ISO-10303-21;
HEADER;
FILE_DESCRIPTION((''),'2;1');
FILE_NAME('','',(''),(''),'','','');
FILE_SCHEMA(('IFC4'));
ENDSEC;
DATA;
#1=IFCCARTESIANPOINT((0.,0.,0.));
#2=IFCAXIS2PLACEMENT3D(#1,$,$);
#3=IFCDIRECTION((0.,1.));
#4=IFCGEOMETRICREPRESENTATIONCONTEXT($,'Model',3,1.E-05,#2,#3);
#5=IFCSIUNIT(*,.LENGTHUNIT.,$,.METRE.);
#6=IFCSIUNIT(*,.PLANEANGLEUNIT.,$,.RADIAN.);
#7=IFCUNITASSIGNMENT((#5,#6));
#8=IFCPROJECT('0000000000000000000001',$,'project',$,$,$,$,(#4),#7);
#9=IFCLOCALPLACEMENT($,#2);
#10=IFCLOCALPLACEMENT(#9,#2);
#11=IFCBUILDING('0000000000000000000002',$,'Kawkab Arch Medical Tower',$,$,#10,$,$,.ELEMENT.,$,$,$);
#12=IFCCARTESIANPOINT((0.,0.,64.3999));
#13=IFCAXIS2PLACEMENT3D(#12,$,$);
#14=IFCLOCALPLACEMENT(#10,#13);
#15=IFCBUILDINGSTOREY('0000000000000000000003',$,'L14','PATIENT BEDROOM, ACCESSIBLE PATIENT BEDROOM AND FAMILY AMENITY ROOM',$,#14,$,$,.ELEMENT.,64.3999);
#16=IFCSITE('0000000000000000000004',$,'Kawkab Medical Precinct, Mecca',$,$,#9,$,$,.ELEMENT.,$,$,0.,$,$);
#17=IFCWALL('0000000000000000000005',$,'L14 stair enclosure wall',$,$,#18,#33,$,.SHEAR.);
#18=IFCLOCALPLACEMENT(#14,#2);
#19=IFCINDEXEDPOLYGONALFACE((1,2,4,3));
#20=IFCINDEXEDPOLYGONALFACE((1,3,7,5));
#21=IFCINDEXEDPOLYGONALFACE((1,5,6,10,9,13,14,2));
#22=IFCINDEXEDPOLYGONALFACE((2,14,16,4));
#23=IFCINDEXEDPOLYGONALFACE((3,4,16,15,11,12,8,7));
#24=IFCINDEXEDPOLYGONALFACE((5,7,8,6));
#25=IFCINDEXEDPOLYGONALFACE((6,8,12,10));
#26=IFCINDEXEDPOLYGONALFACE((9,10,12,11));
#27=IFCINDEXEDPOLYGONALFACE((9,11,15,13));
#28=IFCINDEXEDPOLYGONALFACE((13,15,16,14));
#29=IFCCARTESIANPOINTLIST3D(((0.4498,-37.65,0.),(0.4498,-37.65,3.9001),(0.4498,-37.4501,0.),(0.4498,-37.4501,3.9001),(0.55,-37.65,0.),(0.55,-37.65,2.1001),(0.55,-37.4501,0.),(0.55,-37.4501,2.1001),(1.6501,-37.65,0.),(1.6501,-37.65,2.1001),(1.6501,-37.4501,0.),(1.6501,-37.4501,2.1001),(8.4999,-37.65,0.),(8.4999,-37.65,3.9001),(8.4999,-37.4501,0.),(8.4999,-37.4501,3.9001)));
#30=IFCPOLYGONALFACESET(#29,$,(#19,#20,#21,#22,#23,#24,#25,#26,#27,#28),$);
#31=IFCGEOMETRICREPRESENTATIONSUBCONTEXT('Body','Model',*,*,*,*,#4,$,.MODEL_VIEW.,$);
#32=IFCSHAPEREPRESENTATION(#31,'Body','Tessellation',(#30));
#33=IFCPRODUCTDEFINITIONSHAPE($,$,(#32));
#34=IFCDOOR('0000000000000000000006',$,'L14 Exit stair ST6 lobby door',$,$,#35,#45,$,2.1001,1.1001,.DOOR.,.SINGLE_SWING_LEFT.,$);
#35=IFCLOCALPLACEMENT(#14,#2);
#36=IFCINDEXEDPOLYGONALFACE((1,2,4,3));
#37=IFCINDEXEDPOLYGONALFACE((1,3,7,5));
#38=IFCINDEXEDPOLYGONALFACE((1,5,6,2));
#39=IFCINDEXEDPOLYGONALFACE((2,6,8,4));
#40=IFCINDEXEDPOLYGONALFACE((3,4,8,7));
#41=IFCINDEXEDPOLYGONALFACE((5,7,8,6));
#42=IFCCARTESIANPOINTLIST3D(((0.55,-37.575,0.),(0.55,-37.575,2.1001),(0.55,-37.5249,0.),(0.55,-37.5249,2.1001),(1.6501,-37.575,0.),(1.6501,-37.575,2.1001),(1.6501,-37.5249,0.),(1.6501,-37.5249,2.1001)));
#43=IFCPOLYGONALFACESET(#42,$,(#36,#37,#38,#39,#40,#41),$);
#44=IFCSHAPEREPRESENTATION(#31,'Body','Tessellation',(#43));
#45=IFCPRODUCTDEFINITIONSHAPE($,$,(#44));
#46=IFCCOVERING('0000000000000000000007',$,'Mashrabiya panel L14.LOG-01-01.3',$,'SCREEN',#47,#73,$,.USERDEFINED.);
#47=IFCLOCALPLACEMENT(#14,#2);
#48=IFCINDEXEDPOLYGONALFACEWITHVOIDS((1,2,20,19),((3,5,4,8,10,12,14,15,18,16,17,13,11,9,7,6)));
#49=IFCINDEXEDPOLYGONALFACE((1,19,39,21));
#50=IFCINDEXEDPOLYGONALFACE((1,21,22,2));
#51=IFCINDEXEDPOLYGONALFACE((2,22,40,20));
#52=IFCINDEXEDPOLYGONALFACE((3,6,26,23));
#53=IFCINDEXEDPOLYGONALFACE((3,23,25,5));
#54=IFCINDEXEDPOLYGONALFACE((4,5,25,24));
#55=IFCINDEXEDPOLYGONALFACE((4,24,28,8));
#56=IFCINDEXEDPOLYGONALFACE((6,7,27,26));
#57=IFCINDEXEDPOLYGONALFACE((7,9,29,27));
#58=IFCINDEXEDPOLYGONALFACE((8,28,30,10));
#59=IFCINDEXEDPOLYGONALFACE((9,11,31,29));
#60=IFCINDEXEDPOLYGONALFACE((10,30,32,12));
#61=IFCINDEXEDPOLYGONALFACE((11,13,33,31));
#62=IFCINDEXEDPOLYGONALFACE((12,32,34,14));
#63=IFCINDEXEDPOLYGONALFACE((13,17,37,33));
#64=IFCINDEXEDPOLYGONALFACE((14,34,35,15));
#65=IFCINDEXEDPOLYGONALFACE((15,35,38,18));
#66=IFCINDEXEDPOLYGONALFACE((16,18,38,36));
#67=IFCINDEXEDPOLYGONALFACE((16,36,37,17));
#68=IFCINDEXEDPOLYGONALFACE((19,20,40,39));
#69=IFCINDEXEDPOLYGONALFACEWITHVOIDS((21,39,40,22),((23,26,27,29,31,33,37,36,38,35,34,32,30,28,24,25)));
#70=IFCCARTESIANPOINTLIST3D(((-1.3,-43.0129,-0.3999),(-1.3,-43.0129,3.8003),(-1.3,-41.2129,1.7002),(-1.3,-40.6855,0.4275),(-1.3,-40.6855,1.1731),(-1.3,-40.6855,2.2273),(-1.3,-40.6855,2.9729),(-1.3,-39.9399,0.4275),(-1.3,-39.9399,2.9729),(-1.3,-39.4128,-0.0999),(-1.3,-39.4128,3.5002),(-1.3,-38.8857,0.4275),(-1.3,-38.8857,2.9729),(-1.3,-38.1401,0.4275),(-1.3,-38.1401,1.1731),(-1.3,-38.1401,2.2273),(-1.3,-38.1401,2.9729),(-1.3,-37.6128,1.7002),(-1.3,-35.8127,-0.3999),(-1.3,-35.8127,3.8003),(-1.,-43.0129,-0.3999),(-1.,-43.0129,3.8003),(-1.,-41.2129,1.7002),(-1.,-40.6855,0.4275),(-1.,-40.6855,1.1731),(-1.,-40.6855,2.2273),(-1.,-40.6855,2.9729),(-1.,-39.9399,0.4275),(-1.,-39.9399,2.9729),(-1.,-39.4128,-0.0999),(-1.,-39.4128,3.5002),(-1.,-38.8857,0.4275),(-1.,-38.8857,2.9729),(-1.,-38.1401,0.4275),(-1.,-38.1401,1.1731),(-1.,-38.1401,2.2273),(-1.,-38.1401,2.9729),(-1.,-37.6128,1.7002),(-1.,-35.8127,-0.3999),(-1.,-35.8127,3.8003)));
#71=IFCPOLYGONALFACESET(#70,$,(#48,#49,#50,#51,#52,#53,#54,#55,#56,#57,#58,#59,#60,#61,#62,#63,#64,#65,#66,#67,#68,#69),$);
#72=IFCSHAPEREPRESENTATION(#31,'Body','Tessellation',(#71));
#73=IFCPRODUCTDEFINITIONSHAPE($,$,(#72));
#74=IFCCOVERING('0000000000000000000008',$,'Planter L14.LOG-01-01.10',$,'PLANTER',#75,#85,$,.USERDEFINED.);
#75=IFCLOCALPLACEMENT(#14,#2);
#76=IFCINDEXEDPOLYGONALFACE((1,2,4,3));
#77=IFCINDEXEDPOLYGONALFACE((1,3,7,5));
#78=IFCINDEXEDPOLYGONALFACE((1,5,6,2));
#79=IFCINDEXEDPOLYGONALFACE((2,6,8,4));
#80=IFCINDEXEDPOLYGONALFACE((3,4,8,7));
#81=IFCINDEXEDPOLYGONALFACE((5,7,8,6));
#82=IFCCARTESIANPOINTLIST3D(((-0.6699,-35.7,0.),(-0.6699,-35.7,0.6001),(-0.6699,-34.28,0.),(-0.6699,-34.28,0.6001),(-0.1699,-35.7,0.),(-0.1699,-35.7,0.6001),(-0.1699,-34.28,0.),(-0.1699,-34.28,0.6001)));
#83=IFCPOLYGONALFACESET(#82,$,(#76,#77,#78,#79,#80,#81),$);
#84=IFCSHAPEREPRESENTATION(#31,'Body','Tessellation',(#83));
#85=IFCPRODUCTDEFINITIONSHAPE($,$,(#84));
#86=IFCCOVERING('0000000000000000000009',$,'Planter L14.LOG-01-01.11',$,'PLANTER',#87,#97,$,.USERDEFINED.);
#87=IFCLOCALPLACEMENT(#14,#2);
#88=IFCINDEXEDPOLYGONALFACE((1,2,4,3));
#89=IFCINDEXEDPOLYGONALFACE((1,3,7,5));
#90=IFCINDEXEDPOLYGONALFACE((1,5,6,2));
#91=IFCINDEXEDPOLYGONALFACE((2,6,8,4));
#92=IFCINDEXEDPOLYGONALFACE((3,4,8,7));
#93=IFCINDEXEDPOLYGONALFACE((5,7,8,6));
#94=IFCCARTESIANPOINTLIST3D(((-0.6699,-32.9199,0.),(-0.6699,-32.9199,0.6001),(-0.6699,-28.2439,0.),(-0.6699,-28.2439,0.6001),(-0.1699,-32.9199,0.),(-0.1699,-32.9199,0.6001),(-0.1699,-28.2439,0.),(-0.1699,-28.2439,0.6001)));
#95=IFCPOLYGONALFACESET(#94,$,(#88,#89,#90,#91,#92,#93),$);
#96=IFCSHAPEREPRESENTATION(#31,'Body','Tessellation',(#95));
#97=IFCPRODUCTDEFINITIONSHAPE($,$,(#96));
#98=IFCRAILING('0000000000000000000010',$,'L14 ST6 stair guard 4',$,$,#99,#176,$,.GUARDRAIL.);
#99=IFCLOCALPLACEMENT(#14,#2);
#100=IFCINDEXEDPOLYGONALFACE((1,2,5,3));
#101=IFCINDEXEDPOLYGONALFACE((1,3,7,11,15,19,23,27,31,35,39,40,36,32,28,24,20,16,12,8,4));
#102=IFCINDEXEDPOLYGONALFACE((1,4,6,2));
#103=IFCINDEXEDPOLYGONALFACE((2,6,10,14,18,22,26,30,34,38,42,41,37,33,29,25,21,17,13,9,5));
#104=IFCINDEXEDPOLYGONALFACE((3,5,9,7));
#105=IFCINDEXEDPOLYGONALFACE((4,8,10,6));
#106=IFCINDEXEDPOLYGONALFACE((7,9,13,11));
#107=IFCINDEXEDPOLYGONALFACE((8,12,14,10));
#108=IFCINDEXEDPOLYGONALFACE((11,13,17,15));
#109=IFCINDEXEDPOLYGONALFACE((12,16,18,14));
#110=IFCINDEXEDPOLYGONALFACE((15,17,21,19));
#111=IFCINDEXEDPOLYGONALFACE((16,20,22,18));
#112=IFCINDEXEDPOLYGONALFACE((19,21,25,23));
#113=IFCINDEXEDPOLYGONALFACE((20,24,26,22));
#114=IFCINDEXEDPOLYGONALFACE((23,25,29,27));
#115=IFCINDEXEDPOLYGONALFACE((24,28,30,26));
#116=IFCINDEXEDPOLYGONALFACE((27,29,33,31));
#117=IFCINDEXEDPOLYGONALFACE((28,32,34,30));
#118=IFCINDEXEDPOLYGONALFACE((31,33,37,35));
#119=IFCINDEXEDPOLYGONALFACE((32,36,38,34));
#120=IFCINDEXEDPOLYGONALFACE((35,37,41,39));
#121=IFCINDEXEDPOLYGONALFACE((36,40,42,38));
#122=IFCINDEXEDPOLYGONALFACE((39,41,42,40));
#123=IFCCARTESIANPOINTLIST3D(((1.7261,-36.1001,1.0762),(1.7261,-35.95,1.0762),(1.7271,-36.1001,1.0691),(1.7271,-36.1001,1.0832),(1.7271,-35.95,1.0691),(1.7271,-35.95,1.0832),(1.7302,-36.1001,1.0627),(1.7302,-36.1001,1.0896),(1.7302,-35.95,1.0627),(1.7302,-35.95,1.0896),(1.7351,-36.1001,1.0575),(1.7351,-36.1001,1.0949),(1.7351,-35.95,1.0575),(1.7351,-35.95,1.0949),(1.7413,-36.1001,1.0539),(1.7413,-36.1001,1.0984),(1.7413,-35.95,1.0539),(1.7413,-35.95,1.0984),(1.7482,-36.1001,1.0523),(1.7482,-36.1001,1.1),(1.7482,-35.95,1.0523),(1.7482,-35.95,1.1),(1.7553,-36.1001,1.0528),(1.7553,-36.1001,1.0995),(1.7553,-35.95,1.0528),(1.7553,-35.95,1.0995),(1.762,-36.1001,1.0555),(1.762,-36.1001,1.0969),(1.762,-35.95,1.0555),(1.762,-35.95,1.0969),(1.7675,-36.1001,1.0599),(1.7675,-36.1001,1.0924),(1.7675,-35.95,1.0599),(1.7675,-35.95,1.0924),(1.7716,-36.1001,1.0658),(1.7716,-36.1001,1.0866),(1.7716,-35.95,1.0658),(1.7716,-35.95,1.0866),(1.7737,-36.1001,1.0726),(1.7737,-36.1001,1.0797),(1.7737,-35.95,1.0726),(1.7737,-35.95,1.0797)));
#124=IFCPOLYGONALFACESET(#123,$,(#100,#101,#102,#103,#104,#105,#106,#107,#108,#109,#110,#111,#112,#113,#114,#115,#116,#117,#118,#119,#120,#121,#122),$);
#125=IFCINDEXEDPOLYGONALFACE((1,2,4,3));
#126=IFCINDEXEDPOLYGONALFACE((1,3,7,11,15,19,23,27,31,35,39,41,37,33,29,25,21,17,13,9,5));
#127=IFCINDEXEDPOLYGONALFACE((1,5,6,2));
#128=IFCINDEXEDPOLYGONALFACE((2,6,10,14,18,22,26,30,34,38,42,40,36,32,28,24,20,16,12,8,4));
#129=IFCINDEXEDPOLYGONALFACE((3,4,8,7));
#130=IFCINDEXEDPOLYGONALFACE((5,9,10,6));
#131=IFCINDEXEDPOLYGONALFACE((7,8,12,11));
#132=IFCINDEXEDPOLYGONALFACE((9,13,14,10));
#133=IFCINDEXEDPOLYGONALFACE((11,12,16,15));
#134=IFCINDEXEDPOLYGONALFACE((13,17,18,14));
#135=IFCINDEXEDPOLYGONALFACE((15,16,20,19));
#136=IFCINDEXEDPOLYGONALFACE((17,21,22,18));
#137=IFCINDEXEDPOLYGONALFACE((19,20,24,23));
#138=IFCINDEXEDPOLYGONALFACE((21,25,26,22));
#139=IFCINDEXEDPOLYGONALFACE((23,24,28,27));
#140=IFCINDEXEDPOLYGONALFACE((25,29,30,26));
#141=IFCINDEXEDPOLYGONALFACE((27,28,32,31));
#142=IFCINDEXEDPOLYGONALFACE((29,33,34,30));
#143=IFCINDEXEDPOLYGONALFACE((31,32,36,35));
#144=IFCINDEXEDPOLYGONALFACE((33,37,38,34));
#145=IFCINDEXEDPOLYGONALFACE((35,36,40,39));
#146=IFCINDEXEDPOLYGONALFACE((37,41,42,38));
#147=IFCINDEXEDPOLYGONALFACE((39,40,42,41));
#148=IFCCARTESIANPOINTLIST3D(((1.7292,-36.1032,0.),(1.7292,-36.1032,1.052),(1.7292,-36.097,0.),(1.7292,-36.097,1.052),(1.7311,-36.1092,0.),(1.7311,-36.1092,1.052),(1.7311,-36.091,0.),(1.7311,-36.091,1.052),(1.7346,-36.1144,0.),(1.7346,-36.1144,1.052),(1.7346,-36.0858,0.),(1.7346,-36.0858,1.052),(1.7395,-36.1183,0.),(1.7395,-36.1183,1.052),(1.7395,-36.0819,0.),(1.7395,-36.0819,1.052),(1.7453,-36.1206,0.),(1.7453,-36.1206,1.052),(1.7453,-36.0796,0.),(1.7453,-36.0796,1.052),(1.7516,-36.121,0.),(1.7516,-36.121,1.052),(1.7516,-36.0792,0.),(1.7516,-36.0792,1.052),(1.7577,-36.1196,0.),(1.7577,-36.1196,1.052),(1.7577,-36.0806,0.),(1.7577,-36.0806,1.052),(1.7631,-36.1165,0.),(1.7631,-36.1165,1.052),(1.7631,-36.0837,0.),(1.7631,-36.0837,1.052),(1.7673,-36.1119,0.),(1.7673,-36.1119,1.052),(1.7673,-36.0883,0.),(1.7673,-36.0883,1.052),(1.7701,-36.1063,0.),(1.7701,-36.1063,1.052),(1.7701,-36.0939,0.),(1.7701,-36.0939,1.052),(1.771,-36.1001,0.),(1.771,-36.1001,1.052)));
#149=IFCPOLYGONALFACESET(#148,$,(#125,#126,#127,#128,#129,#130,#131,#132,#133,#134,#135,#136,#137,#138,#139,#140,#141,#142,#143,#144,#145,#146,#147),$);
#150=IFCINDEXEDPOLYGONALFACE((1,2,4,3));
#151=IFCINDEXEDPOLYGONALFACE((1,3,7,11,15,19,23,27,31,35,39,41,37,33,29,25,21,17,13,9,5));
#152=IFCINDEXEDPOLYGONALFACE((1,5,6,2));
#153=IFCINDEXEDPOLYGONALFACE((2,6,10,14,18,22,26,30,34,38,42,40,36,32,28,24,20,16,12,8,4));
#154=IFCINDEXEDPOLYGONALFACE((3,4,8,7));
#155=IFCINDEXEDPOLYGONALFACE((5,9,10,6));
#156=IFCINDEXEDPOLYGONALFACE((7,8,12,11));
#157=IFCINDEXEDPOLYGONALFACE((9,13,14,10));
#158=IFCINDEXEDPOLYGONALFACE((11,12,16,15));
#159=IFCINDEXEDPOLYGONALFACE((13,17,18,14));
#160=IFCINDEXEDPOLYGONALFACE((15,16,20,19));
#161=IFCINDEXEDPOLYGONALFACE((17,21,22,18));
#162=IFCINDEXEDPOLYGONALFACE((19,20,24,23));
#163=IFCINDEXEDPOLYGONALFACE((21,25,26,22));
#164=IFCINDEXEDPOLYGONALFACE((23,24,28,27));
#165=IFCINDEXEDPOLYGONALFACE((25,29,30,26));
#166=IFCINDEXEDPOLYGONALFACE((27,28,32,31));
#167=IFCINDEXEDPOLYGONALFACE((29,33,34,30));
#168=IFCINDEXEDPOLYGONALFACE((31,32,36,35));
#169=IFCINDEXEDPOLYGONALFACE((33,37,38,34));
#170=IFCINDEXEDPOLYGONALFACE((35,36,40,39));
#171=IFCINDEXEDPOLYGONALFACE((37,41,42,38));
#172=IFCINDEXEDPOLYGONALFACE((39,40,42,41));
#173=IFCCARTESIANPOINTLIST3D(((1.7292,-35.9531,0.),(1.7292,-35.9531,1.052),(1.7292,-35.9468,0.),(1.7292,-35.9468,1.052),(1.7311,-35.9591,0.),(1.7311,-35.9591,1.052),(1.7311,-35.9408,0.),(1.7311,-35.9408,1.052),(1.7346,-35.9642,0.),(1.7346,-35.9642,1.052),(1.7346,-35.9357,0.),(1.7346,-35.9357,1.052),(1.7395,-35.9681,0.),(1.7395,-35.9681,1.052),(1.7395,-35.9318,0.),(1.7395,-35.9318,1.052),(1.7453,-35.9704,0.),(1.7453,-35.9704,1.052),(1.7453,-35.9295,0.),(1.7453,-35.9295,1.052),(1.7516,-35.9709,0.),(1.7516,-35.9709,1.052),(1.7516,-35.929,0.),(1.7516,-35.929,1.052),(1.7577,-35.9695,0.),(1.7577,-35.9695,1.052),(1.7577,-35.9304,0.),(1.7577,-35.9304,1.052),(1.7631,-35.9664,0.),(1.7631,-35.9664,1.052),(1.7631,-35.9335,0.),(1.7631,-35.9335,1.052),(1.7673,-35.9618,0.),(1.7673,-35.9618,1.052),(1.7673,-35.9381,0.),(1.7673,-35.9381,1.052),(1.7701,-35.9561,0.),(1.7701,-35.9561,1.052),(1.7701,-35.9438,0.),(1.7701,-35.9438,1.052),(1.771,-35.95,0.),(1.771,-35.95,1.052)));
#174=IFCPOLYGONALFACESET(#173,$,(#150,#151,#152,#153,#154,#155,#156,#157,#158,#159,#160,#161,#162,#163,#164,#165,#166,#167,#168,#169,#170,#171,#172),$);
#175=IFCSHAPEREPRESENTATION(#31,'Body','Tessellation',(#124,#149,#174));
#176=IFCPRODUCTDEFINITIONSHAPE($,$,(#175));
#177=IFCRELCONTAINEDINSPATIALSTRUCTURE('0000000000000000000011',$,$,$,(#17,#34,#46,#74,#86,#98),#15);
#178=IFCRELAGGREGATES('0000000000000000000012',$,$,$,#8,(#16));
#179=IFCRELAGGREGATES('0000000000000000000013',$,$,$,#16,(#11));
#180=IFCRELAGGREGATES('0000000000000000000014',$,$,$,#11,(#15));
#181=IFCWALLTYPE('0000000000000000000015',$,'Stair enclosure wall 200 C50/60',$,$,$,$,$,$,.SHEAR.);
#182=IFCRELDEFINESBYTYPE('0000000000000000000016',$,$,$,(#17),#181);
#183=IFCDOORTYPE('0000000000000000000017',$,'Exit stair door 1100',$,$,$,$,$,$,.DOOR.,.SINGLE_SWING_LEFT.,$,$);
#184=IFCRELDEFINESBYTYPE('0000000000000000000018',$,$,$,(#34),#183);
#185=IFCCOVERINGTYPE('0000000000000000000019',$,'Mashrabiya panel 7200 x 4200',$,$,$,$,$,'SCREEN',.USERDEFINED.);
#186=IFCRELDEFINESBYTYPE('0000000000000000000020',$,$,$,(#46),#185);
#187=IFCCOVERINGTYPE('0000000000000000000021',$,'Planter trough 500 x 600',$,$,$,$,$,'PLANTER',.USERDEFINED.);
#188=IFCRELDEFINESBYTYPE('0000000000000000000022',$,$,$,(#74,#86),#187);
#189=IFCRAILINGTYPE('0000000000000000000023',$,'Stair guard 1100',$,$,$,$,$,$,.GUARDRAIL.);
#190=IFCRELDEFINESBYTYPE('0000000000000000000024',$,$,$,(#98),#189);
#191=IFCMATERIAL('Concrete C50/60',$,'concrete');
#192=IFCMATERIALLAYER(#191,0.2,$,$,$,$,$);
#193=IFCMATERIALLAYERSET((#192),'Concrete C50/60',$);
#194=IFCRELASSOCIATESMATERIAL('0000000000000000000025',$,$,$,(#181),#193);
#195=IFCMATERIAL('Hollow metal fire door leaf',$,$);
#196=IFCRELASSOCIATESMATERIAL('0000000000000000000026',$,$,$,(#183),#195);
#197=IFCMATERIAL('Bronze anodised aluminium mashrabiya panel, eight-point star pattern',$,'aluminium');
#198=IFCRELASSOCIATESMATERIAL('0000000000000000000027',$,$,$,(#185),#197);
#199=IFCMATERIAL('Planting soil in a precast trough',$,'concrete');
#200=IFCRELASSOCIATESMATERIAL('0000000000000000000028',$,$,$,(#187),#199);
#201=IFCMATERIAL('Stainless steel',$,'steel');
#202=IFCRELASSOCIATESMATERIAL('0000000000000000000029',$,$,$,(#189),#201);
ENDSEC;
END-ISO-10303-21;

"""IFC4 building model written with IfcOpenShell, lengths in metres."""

from ifc_helpers import new_model, si_unit, direction, frame, frame_2d, origin, origin_2d, place, context, subcontext, project, spatial, polyline, rectangle, circle, outline, extrude, material, layer, layer_set, material_profile, profile_set, type_object, element, fill, save


model = new_model("IFC4")

# Units and contexts
model_context = context("Model", 3, precision=1e-05, world=origin(), true_north=direction((0.0, 1.0)))
body_context = subcontext(model_context, "Body", "Model", "MODEL_VIEW")
ifc_project = project(units=[si_unit("LENGTHUNIT", "METRE"), si_unit("PLANEANGLEUNIT", "RADIAN")], contexts=[model_context])

# Site, building, storey
site_placement = place(None, origin())
site = spatial("IfcSite", under=ifc_project, at=site_placement, Name="Kawkab Medical Precinct, Mecca", CompositionType="ELEMENT", RefElevation=0.0)
building_placement = place(site_placement, origin())
building = spatial("IfcBuilding", under=site, at=building_placement, Name="Kawkab Arch Medical Tower", CompositionType="ELEMENT")
storey_placement = place(building_placement, frame((0.0, 0.0, 64.3999)))
storey = spatial("IfcBuildingStorey", under=building, at=storey_placement, Name="L14", Description="PATIENT BEDROOM, ACCESSIBLE PATIENT BEDROOM AND FAMILY AMENITY ROOM", CompositionType="ELEMENT", Elevation=64.3999)

# Wall, opening, door
ifc_material_1 = material(Name="Concrete C50/60", Category="concrete")
ifc_layer_1 = layer(ifc_material_1, 0.2)
ifc_layer_set_1 = layer_set([ifc_layer_1], Name="Concrete C50/60")
wall_type_1 = type_object("IfcWallType", Name="Stair enclosure wall 200 C50/60", PredefinedType="SHEAR", material=ifc_layer_set_1)
ifc_material_2 = material(Name="Hollow metal fire door leaf")
door_type_1 = type_object("IfcDoorType", Name="Exit stair door 1100", OperationType="SINGLE_SWING_LEFT", PredefinedType="DOOR", material=ifc_material_2)
wall_1_placement = place(storey_placement, frame((0.45, -37.55, 0.0), z_axis=(0.0, 0.0, 1.0), x_axis=(1.0, 0.0, 0.0)))
wall_1 = element("IfcWall", 1, at=wall_1_placement, inside=storey, type_object=wall_type_1, Name="L14 stair enclosure wall", PredefinedType="SHEAR", context=body_context, shape_type="SweptSolid", body=[
    extrude(rectangle(XDim=8.05, YDim=0.2, at=frame_2d((4.0249, 0.0))), origin(), (0.0, 0.0, 1.0), 3.9001),
])
opening_1_placement = place(wall_1_placement, frame((0.1001, 0.0, 0.0)))
opening_1 = element("IfcOpeningElement", 2, at=opening_1_placement, cuts=wall_1, PredefinedType="OPENING", context=body_context, shape_type="SweptSolid", body=[
    extrude(rectangle(XDim=1.1001, YDim=2.1001, at=frame_2d((0.55, 1.05))), frame((0.0, 0.1099, 0.0), z_axis=(0.0, -1.0, 0.0), x_axis=(1.0, 0.0, 0.0)), (0.0, 0.0, 1.0), 0.22),
])
door_1_placement = place(opening_1_placement, frame((1.1001, 0.0, 0.0), z_axis=(0.0, 0.0, 1.0), x_axis=(-1.0, 0.0, 0.0)))
door_1 = element("IfcDoor", 3, at=door_1_placement, inside=storey, type_object=door_type_1, Name="L14 Exit stair ST6 lobby door", OperationType="SINGLE_SWING_LEFT", OverallHeight=2.1001, OverallWidth=1.1001, PredefinedType="DOOR", context=body_context, shape_type="SweptSolid", body=[
    extrude(rectangle(XDim=1.1001, YDim=2.1001, at=frame_2d((0.55, 1.05))), frame((0.0, 0.0249, 0.0), z_axis=(0.0, -1.0, 0.0), x_axis=(1.0, 0.0, 0.0)), (0.0, 0.0, 1.0), 0.05),
])
fill(opening_1, door_1)

# Coverings
ifc_material_3 = material(Name="Bronze anodised aluminium mashrabiya panel, eight-point star pattern", Category="aluminium")
ifc_material_profile_1 = material_profile(ifc_material_3, outline(polyline([(-3.6001, -2.1001), (3.6001, -2.1001), (3.6001, 2.1001), (-3.6001, 2.1001), (-3.6001, -2.1001)]), holes=[polyline([(1.8, 0.0), (1.2727, 0.5271), (1.2727, 1.2727), (0.5271, 1.2727), (0.0, 1.8), (-0.5271, 1.2727), (-1.2727, 1.2727), (-1.2727, 0.5271), (-1.8, 0.0), (-1.2727, -0.5271), (-1.2727, -1.2727), (-0.5271, -1.2727), (0.0, -1.8), (0.5271, -1.2727), (1.2727, -1.2727), (1.2727, -0.5271), (1.8, 0.0)])]), Name="Mashrabiya panel 7200x4200")
ifc_profile_set_1 = profile_set([ifc_material_profile_1], Name="Bronze anodised aluminium mashrabiya panel, eight-point star pattern")
covering_type_1 = type_object("IfcCoveringType", Name="Mashrabiya panel 7200 x 4200", ElementType="SCREEN", PredefinedType="USERDEFINED", material=ifc_profile_set_1)
covering_1_placement = place(storey_placement, frame((-1.0, -39.4128, 1.7002), z_axis=(-1.0, 0.0, 0.0), x_axis=(0.0, -1.0, 0.0)))
element("IfcCovering", 4, at=covering_1_placement, inside=storey, type_object=covering_type_1, Name="Mashrabiya panel L14.LOG-01-01.3", ObjectType="SCREEN", PredefinedType="USERDEFINED", context=body_context, shape_type="SweptSolid", body=[
    extrude(outline(polyline([(-3.6001, -2.1001), (3.6001, -2.1001), (3.6001, 2.1001), (-3.6001, 2.1001), (-3.6001, -2.1001)]), holes=[polyline([(1.8, 0.0), (1.2727, 0.5271), (1.2727, 1.2727), (0.5271, 1.2727), (0.0, 1.8), (-0.5271, 1.2727), (-1.2727, 1.2727), (-1.2727, 0.5271), (-1.8, 0.0), (-1.2727, -0.5271), (-1.2727, -1.2727), (-0.5271, -1.2727), (0.0, -1.8), (0.5271, -1.2727), (1.2727, -1.2727), (1.2727, -0.5271), (1.8, 0.0)])]), origin(), (0.0, 0.0, 1.0), 0.3),
])
ifc_material_4 = material(Name="Planting soil in a precast trough", Category="concrete")
ifc_material_profile_2 = material_profile(ifc_material_4, rectangle(XDim=0.5, YDim=0.6001, at=origin_2d()), Name="Trough 500x600")
ifc_profile_set_2 = profile_set([ifc_material_profile_2], Name="Planting soil in a precast trough")
covering_type_2 = type_object("IfcCoveringType", Name="Planter trough 500 x 600", ElementType="PLANTER", PredefinedType="USERDEFINED", material=ifc_profile_set_2)
covering_2_placement = place(storey_placement, frame((-0.4199, -35.7, 0.3), z_axis=(0.0, 1.0, 0.0), x_axis=(-1.0, 0.0, 0.0)))
element("IfcCovering", 5, at=covering_2_placement, inside=storey, type_object=covering_type_2, Name="Planter L14.LOG-01-01.10", ObjectType="PLANTER", PredefinedType="USERDEFINED", context=body_context, shape_type="SweptSolid", body=[
    extrude(rectangle(XDim=0.5, YDim=0.6001, at=origin_2d()), origin(), (0.0, 0.0, 1.0), 1.4199),
])
covering_3_placement = place(storey_placement, frame((-0.4199, -32.9199, 0.3), z_axis=(0.0, 1.0, 0.0), x_axis=(-1.0, 0.0, 0.0)))
element("IfcCovering", 6, at=covering_3_placement, inside=storey, type_object=covering_type_2, Name="Planter L14.LOG-01-01.11", ObjectType="PLANTER", PredefinedType="USERDEFINED", context=body_context, shape_type="SweptSolid", body=[
    extrude(rectangle(XDim=0.5, YDim=0.6001, at=origin_2d()), origin(), (0.0, 0.0, 1.0), 4.676),
])

# Railing
ifc_material_5 = material(Name="Stainless steel", Category="steel")
railing_type_1 = type_object("IfcRailingType", Name="Stair guard 1100", PredefinedType="GUARDRAIL", material=ifc_material_5)
railing_1_placement = place(storey_placement, frame((1.75, -36.1001, 0.0)))
element("IfcRailing", 7, at=railing_1_placement, inside=storey, type_object=railing_type_1, Name="L14 ST6 stair guard 4", PredefinedType="GUARDRAIL", context=body_context, shape_type="SweptSolid", body=[
    extrude(circle(Radius=0.0239, at=origin_2d()), frame((0.0, 0.0, 1.0762), z_axis=(0.0, 1.0, 0.0), x_axis=(-1.0, 0.0, 0.0)), (0.0, 0.0, 1.0), 0.1501),
    extrude(circle(Radius=0.021, at=origin_2d()), origin(), (0.0, 0.0, 1.0), 1.052),
    extrude(circle(Radius=0.021, at=origin_2d()), frame((0.0, 0.1501, 0.0)), (0.0, 0.0, 1.0), 1.052),
])

save(model, "model.ifc")
